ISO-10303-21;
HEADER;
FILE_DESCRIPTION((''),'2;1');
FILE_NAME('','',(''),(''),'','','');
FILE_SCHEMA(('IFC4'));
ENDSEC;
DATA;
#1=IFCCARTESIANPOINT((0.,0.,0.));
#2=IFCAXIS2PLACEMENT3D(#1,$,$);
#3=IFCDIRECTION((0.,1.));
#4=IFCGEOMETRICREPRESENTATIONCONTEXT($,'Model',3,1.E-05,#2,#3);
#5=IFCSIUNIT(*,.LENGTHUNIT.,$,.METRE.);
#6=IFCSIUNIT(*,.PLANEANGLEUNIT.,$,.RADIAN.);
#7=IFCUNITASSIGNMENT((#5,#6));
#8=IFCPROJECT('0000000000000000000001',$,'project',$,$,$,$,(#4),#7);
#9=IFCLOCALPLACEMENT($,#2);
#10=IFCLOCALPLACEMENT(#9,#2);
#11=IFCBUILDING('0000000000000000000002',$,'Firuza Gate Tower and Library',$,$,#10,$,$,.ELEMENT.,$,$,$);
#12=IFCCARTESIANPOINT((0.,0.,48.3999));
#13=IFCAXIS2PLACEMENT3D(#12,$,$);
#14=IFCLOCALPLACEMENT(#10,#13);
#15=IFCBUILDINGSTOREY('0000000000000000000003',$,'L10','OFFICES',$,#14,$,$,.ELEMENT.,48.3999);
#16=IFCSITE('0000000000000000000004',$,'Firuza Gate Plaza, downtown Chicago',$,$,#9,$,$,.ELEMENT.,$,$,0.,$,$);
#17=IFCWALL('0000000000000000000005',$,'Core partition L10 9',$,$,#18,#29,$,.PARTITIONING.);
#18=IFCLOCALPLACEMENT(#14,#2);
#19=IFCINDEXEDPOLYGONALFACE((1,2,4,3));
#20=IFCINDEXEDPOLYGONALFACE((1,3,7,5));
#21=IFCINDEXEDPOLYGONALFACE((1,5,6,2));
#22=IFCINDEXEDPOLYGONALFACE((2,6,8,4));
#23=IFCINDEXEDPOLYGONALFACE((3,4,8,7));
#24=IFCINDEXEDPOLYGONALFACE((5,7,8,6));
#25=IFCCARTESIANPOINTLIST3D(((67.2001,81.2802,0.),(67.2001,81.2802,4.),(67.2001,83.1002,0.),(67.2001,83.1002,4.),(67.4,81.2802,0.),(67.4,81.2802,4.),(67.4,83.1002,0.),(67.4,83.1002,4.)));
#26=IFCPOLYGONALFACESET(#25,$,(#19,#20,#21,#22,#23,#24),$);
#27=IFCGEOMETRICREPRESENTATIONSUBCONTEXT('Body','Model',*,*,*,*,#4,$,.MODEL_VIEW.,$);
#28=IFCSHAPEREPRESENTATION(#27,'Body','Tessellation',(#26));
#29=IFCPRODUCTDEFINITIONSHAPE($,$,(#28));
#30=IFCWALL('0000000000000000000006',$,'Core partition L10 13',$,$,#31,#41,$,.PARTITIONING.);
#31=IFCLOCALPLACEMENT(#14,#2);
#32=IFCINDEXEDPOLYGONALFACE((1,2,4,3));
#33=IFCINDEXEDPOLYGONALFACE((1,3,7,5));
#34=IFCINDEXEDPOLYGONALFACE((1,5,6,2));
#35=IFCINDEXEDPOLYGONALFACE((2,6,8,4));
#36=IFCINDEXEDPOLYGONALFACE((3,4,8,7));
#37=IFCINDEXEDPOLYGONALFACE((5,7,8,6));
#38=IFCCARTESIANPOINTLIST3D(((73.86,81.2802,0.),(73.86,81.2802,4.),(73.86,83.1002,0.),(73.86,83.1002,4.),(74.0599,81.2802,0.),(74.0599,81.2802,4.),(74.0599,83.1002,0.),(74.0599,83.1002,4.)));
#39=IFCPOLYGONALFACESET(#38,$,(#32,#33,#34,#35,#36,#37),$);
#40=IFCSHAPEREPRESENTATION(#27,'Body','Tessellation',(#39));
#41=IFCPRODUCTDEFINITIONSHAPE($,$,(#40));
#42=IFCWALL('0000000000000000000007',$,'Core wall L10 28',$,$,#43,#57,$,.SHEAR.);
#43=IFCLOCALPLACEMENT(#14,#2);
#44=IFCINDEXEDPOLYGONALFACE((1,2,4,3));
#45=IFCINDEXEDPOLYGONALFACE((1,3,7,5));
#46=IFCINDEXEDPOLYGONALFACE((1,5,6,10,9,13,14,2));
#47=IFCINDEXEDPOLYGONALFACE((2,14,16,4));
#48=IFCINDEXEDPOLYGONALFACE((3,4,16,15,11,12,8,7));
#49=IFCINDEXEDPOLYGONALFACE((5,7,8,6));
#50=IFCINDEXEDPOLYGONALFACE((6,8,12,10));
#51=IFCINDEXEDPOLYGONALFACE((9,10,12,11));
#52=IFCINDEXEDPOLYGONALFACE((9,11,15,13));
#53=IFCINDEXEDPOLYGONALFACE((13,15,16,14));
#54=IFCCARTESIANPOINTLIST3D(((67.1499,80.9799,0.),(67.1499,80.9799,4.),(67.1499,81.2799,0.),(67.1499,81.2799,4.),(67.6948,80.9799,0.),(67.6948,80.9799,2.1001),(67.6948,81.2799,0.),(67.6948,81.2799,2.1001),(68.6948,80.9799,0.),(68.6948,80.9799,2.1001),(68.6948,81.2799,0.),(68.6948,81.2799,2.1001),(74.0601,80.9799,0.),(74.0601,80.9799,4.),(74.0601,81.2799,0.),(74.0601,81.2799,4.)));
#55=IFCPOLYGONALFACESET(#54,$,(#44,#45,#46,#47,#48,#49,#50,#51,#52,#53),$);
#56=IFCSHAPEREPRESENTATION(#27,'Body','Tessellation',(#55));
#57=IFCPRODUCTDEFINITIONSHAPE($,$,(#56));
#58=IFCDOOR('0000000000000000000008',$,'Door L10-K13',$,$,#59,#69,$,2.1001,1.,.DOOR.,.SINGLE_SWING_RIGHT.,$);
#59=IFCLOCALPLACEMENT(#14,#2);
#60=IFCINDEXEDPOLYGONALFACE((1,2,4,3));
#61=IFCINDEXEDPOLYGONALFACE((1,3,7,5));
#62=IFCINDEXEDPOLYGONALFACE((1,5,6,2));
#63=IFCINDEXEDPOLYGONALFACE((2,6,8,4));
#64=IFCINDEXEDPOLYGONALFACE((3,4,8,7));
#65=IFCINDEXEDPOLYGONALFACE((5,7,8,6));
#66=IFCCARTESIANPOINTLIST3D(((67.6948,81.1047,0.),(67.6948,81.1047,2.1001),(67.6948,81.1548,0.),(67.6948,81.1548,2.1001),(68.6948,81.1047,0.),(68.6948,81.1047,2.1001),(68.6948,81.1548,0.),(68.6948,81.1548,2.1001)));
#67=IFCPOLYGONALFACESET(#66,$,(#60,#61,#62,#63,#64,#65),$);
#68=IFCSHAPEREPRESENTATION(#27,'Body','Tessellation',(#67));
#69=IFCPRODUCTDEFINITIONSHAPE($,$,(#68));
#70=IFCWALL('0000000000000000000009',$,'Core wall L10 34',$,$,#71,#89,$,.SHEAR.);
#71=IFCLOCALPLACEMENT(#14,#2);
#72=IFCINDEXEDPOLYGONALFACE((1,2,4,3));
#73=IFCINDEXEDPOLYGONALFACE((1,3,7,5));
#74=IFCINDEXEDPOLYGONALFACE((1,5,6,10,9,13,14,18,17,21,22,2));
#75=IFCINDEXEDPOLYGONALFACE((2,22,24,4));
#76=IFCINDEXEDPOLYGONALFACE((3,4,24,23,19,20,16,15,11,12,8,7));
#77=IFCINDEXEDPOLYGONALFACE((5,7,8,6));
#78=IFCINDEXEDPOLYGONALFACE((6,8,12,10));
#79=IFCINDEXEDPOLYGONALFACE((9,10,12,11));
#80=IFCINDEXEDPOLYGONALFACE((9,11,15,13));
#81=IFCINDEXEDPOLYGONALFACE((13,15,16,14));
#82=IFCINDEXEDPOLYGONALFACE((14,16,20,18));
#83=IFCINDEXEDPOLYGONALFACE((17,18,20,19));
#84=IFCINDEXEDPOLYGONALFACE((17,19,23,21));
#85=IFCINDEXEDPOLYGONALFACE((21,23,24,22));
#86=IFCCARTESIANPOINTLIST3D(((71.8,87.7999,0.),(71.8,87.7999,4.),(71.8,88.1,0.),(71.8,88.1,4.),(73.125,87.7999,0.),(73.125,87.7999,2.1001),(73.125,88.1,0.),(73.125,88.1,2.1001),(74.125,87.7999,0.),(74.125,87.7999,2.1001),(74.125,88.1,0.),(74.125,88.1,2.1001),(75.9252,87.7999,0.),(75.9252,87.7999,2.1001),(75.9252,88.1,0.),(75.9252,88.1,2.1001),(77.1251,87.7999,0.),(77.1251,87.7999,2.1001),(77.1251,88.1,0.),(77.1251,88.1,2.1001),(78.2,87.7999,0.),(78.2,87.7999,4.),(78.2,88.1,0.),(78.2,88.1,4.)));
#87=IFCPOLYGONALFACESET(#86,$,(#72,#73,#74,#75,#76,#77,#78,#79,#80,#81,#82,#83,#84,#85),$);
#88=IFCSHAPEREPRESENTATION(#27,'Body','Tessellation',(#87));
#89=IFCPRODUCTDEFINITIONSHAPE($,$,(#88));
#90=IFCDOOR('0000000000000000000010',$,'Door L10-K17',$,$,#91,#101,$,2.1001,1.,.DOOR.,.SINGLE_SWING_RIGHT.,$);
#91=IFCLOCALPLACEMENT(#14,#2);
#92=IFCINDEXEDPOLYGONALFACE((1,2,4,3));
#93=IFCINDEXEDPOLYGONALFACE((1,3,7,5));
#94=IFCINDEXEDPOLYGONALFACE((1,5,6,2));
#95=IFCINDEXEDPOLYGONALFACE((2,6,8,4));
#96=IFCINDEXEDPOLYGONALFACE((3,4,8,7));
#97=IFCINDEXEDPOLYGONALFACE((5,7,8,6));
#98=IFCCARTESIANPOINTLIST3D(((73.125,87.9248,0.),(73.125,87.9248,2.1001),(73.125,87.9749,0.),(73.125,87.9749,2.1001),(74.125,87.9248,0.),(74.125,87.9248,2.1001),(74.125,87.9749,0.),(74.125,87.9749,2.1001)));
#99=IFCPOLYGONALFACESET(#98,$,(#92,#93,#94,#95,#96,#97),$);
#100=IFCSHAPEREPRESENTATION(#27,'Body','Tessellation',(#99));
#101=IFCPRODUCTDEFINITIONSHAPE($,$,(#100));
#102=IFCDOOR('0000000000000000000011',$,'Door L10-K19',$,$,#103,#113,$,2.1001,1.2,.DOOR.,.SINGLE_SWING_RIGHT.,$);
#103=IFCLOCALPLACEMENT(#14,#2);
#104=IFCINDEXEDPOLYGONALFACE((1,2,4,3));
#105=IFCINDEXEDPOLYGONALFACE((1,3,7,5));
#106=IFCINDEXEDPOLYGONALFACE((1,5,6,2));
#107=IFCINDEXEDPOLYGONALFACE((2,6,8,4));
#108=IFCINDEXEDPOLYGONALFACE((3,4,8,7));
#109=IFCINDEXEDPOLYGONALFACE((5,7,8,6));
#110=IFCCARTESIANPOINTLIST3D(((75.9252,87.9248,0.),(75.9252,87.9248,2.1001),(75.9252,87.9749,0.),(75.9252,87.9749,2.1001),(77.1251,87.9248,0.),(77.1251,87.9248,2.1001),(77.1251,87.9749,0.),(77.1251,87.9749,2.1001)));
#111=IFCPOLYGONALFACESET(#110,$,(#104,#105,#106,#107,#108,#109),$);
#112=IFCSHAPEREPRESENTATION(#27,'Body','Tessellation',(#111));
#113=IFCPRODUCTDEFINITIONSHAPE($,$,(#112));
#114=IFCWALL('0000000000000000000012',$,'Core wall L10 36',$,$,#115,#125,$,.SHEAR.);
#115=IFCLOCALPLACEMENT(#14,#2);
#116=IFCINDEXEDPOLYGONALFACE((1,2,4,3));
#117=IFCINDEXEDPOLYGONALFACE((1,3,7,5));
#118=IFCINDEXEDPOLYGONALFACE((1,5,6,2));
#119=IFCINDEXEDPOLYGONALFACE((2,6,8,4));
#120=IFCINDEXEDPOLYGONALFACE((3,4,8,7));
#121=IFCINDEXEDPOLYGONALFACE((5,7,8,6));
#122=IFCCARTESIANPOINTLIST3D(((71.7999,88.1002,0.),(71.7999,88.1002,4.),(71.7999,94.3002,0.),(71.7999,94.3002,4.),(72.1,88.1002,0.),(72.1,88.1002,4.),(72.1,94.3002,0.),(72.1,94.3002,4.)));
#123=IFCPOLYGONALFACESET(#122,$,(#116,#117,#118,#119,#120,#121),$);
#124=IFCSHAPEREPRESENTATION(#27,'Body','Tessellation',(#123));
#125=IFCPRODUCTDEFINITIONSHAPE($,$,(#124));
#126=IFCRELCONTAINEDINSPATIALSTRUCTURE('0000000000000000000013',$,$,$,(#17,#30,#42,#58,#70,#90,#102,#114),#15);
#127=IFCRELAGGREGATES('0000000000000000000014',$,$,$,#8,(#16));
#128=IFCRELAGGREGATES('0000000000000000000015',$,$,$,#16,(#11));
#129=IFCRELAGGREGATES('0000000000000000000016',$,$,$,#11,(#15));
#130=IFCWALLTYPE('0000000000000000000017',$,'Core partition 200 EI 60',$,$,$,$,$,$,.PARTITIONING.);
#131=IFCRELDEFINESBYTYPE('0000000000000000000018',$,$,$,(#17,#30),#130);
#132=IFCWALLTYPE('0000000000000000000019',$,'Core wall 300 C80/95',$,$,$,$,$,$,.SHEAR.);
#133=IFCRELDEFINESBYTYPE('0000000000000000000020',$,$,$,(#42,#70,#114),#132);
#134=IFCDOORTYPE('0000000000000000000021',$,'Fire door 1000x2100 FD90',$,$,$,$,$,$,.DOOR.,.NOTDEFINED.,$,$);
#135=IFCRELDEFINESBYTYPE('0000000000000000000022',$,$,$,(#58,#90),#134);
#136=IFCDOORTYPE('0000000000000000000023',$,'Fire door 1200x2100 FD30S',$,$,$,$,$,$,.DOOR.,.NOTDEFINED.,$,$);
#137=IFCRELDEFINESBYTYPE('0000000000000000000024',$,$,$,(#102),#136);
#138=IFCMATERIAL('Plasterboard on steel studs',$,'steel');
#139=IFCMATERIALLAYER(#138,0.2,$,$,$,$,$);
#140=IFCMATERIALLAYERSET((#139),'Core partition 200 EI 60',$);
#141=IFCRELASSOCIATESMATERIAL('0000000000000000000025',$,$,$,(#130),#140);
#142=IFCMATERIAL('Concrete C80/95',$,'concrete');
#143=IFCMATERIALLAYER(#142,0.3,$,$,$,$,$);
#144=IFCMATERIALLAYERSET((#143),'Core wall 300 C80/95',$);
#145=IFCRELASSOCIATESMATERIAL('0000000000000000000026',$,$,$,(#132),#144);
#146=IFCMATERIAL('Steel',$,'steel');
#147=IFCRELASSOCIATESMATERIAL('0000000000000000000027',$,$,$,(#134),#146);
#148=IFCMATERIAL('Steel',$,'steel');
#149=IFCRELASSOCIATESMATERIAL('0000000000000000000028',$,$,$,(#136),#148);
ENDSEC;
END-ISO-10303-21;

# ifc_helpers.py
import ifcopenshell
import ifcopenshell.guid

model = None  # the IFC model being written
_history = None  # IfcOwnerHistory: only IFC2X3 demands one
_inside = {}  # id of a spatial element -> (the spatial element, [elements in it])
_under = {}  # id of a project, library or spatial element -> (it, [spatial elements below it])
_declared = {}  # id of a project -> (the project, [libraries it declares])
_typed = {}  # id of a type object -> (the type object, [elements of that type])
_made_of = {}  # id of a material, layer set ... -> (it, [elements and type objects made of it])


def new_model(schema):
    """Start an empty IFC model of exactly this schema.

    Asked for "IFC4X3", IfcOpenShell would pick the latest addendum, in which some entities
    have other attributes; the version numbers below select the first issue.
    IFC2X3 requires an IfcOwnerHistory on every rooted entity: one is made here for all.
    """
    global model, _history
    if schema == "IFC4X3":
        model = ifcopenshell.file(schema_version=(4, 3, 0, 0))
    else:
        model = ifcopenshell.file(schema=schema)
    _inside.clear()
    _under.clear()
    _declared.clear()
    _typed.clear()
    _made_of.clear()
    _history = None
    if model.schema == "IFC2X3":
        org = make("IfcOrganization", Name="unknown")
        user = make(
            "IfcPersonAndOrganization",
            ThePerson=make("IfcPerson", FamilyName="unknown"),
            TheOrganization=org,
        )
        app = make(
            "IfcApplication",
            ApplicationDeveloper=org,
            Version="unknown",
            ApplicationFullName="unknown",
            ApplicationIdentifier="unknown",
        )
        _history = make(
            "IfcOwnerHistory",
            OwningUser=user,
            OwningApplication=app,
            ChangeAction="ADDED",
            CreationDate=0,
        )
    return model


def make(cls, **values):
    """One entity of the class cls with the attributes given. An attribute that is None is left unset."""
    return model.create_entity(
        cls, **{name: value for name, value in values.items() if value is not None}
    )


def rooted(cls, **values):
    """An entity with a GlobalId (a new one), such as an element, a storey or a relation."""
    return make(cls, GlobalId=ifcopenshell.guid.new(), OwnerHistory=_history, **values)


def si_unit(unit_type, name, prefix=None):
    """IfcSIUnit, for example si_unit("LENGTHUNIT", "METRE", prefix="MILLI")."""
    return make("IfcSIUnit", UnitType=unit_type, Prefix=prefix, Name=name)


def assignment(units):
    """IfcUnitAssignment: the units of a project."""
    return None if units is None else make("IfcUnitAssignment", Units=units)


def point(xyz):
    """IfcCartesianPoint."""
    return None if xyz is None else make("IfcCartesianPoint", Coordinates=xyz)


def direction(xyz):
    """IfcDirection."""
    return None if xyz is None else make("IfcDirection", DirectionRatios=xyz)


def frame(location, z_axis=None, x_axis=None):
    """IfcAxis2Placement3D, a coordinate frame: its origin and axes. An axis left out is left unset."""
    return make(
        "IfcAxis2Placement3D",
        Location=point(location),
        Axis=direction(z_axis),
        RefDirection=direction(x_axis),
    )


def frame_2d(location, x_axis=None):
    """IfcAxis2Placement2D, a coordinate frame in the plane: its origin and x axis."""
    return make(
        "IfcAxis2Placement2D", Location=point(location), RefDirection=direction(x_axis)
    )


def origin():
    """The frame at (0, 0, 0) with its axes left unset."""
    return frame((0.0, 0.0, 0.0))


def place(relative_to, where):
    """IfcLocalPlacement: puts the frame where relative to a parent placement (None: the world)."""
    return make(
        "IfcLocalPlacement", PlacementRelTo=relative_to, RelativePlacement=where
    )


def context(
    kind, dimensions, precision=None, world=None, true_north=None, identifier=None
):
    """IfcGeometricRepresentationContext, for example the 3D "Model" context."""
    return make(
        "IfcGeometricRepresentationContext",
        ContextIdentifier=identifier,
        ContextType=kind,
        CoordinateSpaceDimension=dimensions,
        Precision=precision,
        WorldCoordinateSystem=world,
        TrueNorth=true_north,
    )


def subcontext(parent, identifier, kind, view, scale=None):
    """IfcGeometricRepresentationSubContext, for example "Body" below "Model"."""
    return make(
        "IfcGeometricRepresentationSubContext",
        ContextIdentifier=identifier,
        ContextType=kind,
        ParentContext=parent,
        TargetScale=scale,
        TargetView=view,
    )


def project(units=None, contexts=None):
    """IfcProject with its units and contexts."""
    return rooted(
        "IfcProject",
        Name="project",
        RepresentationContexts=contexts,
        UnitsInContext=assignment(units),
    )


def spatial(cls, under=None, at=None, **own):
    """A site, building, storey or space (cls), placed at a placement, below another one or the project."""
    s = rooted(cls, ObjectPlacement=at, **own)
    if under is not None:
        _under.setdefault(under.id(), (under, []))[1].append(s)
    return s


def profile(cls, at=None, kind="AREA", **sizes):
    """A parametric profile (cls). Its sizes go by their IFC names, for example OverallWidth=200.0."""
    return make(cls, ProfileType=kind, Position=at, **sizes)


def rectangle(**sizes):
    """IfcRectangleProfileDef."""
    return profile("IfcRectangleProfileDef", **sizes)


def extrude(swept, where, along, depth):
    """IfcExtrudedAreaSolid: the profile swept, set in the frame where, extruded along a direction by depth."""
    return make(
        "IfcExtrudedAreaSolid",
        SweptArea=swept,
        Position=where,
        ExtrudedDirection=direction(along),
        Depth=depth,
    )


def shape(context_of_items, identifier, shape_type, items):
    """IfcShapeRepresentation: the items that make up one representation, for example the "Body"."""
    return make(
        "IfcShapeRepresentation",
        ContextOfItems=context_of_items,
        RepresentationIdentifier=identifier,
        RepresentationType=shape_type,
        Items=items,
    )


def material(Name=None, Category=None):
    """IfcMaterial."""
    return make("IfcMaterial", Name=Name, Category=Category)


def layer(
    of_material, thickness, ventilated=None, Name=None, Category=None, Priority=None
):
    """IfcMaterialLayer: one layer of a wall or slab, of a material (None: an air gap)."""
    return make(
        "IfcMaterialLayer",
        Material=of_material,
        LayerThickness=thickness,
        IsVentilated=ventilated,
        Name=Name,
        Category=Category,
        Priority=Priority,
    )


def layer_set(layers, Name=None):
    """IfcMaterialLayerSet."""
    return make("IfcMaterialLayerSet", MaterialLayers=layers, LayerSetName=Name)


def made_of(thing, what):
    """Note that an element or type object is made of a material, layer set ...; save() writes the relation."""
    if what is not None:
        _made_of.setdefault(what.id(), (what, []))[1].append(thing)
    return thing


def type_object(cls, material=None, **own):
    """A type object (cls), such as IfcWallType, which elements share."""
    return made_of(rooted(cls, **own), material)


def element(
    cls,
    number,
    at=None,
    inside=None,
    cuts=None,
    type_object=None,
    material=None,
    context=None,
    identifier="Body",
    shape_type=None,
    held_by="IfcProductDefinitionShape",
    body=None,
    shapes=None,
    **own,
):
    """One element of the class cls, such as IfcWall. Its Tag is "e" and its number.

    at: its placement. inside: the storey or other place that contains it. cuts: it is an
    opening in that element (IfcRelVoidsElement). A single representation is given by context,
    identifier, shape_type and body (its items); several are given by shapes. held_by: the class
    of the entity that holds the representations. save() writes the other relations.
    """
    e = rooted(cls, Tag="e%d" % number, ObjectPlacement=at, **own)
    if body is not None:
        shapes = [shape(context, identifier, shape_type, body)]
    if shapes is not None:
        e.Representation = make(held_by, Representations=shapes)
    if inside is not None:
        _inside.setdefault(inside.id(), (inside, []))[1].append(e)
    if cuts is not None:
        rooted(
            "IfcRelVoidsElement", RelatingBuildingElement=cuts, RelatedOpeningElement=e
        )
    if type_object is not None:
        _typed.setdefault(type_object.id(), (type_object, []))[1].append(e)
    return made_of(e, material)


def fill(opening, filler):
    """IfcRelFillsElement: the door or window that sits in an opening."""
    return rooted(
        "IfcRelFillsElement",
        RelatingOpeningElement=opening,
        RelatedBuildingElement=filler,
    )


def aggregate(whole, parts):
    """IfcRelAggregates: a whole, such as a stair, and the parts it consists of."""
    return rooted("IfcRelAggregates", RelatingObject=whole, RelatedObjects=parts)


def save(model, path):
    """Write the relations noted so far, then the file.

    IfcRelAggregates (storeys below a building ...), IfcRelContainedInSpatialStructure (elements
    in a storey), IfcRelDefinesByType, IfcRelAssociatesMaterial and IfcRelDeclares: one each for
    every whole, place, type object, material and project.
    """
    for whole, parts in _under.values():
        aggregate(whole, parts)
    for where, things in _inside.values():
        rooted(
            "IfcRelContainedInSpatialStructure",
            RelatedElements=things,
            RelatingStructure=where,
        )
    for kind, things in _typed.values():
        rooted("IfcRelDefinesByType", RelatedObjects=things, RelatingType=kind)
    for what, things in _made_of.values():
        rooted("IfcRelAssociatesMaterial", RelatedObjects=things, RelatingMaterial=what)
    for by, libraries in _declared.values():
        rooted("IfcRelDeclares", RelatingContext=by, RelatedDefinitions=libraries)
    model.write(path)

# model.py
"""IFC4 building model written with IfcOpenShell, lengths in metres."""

from ifc_helpers import new_model, si_unit, direction, frame, frame_2d, origin, place, context, subcontext, project, spatial, rectangle, extrude, material, layer, layer_set, type_object, element, fill, save


model = new_model("IFC4")

# Units and contexts
model_context = context("Model", 3, precision=1e-05, world=origin(), true_north=direction((0.0, 1.0)))
body_context = subcontext(model_context, "Body", "Model", "MODEL_VIEW")
ifc_project = project(units=[si_unit("LENGTHUNIT", "METRE"), si_unit("PLANEANGLEUNIT", "RADIAN")], contexts=[model_context])

# Site, building, storey
site_placement = place(None, origin())
site = spatial("IfcSite", under=ifc_project, at=site_placement, Name="Firuza Gate Plaza, downtown Chicago", CompositionType="ELEMENT", RefElevation=0.0)
building_placement = place(site_placement, origin())
building = spatial("IfcBuilding", under=site, at=building_placement, Name="Firuza Gate Tower and Library", CompositionType="ELEMENT")
storey_placement = place(building_placement, frame((0.0, 0.0, 48.3999)))
storey = spatial("IfcBuildingStorey", under=building, at=storey_placement, Name="L10", Description="OFFICES", CompositionType="ELEMENT", Elevation=48.3999)

# Walls
ifc_material_1 = material(Name="Plasterboard on steel studs", Category="steel")
ifc_layer_1 = layer(ifc_material_1, 0.2)
ifc_layer_set_1 = layer_set([ifc_layer_1], Name="Core partition 200 EI 60")
wall_type_1 = type_object("IfcWallType", Name="Core partition 200 EI 60", PredefinedType="PARTITIONING", material=ifc_layer_set_1)
for number, where, z_axis, x_axis, name in (
    (1, (67.3, 81.28, 0.0), (0.0, 0.0, 1.0), (0.0, 1.0, 0.0), "Core partition L10 9"),
    (2, (73.96, 81.28, 0.0), (0.0, 0.0, 1.0), (0.0, 1.0, 0.0), "Core partition L10 13"),
):
    element("IfcWall", number, at=place(storey_placement, frame(where, z_axis=z_axis, x_axis=x_axis)), inside=storey, type_object=wall_type_1, Name=name, PredefinedType="PARTITIONING", context=body_context, shape_type="SweptSolid", body=[
        extrude(rectangle(XDim=1.8201, YDim=0.2, at=frame_2d((0.9102, 0.0))), origin(), (0.0, 0.0, 1.0), 4.0),
    ])

# Wall, opening, door
ifc_material_2 = material(Name="Concrete C80/95", Category="concrete")
ifc_layer_2 = layer(ifc_material_2, 0.3)
ifc_layer_set_2 = layer_set([ifc_layer_2], Name="Core wall 300 C80/95")
wall_type_2 = type_object("IfcWallType", Name="Core wall 300 C80/95", PredefinedType="SHEAR", material=ifc_layer_set_2)
wall_1_placement = place(storey_placement, frame((67.1499, 81.1299, 0.0), z_axis=(0.0, 0.0, 1.0), x_axis=(1.0, 0.0, 0.0)))
wall_1 = element("IfcWall", 3, at=wall_1_placement, inside=storey, type_object=wall_type_2, Name="Core wall L10 28", PredefinedType="SHEAR", context=body_context, shape_type="SweptSolid", body=[
    extrude(rectangle(XDim=6.9102, YDim=0.3, at=frame_2d((3.4551, 0.0))), origin(), (0.0, 0.0, 1.0), 4.0),
])
opening_1_placement = place(wall_1_placement, frame((0.5449, 0.0, 0.0)))
opening_1 = element("IfcOpeningElement", 4, at=opening_1_placement, cuts=wall_1, PredefinedType="OPENING", context=body_context, shape_type="SweptSolid", body=[
    extrude(rectangle(XDim=1.0, YDim=2.1001, at=frame_2d((0.5, 1.05))), frame((0.0, 0.1602, 0.0), z_axis=(0.0, -1.0, 0.0), x_axis=(1.0, 0.0, 0.0)), (0.0, 0.0, 1.0), 0.3201),
])
ifc_material_3 = material(Name="Steel", Category="steel")
door_type_1 = type_object("IfcDoorType", Name="Fire door 1000x2100 FD90", OperationType="NOTDEFINED", PredefinedType="DOOR", material=ifc_material_3)
door_1_placement = place(opening_1_placement, origin())
door_1 = element("IfcDoor", 5, at=door_1_placement, inside=storey, type_object=door_type_1, Name="Door L10-K13", OperationType="SINGLE_SWING_RIGHT", OverallHeight=2.1001, OverallWidth=1.0, PredefinedType="DOOR", context=body_context, shape_type="SweptSolid", body=[
    extrude(rectangle(XDim=1.0, YDim=2.1001, at=frame_2d((0.5, 1.05))), frame((0.0, 0.0249, 0.0), z_axis=(0.0, -1.0, 0.0), x_axis=(1.0, 0.0, 0.0)), (0.0, 0.0, 1.0), 0.05),
])
fill(opening_1, door_1)

# Wall, openings, doors
wall_2_placement = place(storey_placement, frame((71.8, 87.95, 0.0), z_axis=(0.0, 0.0, 1.0), x_axis=(1.0, 0.0, 0.0)))
wall_2 = element("IfcWall", 6, at=wall_2_placement, inside=storey, type_object=wall_type_2, Name="Core wall L10 34", PredefinedType="SHEAR", context=body_context, shape_type="SweptSolid", body=[
    extrude(rectangle(XDim=6.3999, YDim=0.3, at=frame_2d((3.2, 0.0))), origin(), (0.0, 0.0, 1.0), 4.0),
])
opening_2_placement = place(wall_2_placement, frame((1.325, 0.0, 0.0)))
opening_2 = element("IfcOpeningElement", 7, at=opening_2_placement, cuts=wall_2, PredefinedType="OPENING", context=body_context, shape_type="SweptSolid", body=[
    extrude(rectangle(XDim=1.0, YDim=2.1001, at=frame_2d((0.5, 1.05))), frame((0.0, 0.1602, 0.0), z_axis=(0.0, -1.0, 0.0), x_axis=(1.0, 0.0, 0.0)), (0.0, 0.0, 1.0), 0.3201),
])
opening_3_placement = place(wall_2_placement, frame((4.125, 0.0, 0.0)))
opening_3 = element("IfcOpeningElement", 8, at=opening_3_placement, cuts=wall_2, PredefinedType="OPENING", context=body_context, shape_type="SweptSolid", body=[
    extrude(rectangle(XDim=1.2, YDim=2.1001, at=frame_2d((0.6001, 1.05))), frame((0.0, 0.1602, 0.0), z_axis=(0.0, -1.0, 0.0), x_axis=(1.0, 0.0, 0.0)), (0.0, 0.0, 1.0), 0.3201),
])
door_2_placement = place(opening_2_placement, origin())
door_2 = element("IfcDoor", 9, at=door_2_placement, inside=storey, type_object=door_type_1, Name="Door L10-K17", OperationType="SINGLE_SWING_RIGHT", OverallHeight=2.1001, OverallWidth=1.0, PredefinedType="DOOR", context=body_context, shape_type="SweptSolid", body=[
    extrude(rectangle(XDim=1.0, YDim=2.1001, at=frame_2d((0.5, 1.05))), frame((0.0, 0.0249, 0.0), z_axis=(0.0, -1.0, 0.0), x_axis=(1.0, 0.0, 0.0)), (0.0, 0.0, 1.0), 0.05),
])
fill(opening_2, door_2)
ifc_material_4 = material(Name="Steel", Category="steel")
door_type_2 = type_object("IfcDoorType", Name="Fire door 1200x2100 FD30S", OperationType="NOTDEFINED", PredefinedType="DOOR", material=ifc_material_4)
door_3_placement = place(opening_3_placement, origin())
door_3 = element("IfcDoor", 10, at=door_3_placement, inside=storey, type_object=door_type_2, Name="Door L10-K19", OperationType="SINGLE_SWING_RIGHT", OverallHeight=2.1001, OverallWidth=1.2, PredefinedType="DOOR", context=body_context, shape_type="SweptSolid", body=[
    extrude(rectangle(XDim=1.2, YDim=2.1001, at=frame_2d((0.6001, 1.05))), frame((0.0, 0.0249, 0.0), z_axis=(0.0, -1.0, 0.0), x_axis=(1.0, 0.0, 0.0)), (0.0, 0.0, 1.0), 0.05),
])
fill(opening_3, door_3)

# Wall
wall_3_placement = place(storey_placement, frame((71.95, 88.1001, 0.0), z_axis=(0.0, 0.0, 1.0), x_axis=(0.0, 1.0, 0.0)))
element("IfcWall", 11, at=wall_3_placement, inside=storey, type_object=wall_type_2, Name="Core wall L10 36", PredefinedType="SHEAR", context=body_context, shape_type="SweptSolid", body=[
    extrude(rectangle(XDim=6.2, YDim=0.3, at=frame_2d((3.1001, 0.0))), origin(), (0.0, 0.0, 1.0), 4.0),
])

save(model, "model.ifc")
